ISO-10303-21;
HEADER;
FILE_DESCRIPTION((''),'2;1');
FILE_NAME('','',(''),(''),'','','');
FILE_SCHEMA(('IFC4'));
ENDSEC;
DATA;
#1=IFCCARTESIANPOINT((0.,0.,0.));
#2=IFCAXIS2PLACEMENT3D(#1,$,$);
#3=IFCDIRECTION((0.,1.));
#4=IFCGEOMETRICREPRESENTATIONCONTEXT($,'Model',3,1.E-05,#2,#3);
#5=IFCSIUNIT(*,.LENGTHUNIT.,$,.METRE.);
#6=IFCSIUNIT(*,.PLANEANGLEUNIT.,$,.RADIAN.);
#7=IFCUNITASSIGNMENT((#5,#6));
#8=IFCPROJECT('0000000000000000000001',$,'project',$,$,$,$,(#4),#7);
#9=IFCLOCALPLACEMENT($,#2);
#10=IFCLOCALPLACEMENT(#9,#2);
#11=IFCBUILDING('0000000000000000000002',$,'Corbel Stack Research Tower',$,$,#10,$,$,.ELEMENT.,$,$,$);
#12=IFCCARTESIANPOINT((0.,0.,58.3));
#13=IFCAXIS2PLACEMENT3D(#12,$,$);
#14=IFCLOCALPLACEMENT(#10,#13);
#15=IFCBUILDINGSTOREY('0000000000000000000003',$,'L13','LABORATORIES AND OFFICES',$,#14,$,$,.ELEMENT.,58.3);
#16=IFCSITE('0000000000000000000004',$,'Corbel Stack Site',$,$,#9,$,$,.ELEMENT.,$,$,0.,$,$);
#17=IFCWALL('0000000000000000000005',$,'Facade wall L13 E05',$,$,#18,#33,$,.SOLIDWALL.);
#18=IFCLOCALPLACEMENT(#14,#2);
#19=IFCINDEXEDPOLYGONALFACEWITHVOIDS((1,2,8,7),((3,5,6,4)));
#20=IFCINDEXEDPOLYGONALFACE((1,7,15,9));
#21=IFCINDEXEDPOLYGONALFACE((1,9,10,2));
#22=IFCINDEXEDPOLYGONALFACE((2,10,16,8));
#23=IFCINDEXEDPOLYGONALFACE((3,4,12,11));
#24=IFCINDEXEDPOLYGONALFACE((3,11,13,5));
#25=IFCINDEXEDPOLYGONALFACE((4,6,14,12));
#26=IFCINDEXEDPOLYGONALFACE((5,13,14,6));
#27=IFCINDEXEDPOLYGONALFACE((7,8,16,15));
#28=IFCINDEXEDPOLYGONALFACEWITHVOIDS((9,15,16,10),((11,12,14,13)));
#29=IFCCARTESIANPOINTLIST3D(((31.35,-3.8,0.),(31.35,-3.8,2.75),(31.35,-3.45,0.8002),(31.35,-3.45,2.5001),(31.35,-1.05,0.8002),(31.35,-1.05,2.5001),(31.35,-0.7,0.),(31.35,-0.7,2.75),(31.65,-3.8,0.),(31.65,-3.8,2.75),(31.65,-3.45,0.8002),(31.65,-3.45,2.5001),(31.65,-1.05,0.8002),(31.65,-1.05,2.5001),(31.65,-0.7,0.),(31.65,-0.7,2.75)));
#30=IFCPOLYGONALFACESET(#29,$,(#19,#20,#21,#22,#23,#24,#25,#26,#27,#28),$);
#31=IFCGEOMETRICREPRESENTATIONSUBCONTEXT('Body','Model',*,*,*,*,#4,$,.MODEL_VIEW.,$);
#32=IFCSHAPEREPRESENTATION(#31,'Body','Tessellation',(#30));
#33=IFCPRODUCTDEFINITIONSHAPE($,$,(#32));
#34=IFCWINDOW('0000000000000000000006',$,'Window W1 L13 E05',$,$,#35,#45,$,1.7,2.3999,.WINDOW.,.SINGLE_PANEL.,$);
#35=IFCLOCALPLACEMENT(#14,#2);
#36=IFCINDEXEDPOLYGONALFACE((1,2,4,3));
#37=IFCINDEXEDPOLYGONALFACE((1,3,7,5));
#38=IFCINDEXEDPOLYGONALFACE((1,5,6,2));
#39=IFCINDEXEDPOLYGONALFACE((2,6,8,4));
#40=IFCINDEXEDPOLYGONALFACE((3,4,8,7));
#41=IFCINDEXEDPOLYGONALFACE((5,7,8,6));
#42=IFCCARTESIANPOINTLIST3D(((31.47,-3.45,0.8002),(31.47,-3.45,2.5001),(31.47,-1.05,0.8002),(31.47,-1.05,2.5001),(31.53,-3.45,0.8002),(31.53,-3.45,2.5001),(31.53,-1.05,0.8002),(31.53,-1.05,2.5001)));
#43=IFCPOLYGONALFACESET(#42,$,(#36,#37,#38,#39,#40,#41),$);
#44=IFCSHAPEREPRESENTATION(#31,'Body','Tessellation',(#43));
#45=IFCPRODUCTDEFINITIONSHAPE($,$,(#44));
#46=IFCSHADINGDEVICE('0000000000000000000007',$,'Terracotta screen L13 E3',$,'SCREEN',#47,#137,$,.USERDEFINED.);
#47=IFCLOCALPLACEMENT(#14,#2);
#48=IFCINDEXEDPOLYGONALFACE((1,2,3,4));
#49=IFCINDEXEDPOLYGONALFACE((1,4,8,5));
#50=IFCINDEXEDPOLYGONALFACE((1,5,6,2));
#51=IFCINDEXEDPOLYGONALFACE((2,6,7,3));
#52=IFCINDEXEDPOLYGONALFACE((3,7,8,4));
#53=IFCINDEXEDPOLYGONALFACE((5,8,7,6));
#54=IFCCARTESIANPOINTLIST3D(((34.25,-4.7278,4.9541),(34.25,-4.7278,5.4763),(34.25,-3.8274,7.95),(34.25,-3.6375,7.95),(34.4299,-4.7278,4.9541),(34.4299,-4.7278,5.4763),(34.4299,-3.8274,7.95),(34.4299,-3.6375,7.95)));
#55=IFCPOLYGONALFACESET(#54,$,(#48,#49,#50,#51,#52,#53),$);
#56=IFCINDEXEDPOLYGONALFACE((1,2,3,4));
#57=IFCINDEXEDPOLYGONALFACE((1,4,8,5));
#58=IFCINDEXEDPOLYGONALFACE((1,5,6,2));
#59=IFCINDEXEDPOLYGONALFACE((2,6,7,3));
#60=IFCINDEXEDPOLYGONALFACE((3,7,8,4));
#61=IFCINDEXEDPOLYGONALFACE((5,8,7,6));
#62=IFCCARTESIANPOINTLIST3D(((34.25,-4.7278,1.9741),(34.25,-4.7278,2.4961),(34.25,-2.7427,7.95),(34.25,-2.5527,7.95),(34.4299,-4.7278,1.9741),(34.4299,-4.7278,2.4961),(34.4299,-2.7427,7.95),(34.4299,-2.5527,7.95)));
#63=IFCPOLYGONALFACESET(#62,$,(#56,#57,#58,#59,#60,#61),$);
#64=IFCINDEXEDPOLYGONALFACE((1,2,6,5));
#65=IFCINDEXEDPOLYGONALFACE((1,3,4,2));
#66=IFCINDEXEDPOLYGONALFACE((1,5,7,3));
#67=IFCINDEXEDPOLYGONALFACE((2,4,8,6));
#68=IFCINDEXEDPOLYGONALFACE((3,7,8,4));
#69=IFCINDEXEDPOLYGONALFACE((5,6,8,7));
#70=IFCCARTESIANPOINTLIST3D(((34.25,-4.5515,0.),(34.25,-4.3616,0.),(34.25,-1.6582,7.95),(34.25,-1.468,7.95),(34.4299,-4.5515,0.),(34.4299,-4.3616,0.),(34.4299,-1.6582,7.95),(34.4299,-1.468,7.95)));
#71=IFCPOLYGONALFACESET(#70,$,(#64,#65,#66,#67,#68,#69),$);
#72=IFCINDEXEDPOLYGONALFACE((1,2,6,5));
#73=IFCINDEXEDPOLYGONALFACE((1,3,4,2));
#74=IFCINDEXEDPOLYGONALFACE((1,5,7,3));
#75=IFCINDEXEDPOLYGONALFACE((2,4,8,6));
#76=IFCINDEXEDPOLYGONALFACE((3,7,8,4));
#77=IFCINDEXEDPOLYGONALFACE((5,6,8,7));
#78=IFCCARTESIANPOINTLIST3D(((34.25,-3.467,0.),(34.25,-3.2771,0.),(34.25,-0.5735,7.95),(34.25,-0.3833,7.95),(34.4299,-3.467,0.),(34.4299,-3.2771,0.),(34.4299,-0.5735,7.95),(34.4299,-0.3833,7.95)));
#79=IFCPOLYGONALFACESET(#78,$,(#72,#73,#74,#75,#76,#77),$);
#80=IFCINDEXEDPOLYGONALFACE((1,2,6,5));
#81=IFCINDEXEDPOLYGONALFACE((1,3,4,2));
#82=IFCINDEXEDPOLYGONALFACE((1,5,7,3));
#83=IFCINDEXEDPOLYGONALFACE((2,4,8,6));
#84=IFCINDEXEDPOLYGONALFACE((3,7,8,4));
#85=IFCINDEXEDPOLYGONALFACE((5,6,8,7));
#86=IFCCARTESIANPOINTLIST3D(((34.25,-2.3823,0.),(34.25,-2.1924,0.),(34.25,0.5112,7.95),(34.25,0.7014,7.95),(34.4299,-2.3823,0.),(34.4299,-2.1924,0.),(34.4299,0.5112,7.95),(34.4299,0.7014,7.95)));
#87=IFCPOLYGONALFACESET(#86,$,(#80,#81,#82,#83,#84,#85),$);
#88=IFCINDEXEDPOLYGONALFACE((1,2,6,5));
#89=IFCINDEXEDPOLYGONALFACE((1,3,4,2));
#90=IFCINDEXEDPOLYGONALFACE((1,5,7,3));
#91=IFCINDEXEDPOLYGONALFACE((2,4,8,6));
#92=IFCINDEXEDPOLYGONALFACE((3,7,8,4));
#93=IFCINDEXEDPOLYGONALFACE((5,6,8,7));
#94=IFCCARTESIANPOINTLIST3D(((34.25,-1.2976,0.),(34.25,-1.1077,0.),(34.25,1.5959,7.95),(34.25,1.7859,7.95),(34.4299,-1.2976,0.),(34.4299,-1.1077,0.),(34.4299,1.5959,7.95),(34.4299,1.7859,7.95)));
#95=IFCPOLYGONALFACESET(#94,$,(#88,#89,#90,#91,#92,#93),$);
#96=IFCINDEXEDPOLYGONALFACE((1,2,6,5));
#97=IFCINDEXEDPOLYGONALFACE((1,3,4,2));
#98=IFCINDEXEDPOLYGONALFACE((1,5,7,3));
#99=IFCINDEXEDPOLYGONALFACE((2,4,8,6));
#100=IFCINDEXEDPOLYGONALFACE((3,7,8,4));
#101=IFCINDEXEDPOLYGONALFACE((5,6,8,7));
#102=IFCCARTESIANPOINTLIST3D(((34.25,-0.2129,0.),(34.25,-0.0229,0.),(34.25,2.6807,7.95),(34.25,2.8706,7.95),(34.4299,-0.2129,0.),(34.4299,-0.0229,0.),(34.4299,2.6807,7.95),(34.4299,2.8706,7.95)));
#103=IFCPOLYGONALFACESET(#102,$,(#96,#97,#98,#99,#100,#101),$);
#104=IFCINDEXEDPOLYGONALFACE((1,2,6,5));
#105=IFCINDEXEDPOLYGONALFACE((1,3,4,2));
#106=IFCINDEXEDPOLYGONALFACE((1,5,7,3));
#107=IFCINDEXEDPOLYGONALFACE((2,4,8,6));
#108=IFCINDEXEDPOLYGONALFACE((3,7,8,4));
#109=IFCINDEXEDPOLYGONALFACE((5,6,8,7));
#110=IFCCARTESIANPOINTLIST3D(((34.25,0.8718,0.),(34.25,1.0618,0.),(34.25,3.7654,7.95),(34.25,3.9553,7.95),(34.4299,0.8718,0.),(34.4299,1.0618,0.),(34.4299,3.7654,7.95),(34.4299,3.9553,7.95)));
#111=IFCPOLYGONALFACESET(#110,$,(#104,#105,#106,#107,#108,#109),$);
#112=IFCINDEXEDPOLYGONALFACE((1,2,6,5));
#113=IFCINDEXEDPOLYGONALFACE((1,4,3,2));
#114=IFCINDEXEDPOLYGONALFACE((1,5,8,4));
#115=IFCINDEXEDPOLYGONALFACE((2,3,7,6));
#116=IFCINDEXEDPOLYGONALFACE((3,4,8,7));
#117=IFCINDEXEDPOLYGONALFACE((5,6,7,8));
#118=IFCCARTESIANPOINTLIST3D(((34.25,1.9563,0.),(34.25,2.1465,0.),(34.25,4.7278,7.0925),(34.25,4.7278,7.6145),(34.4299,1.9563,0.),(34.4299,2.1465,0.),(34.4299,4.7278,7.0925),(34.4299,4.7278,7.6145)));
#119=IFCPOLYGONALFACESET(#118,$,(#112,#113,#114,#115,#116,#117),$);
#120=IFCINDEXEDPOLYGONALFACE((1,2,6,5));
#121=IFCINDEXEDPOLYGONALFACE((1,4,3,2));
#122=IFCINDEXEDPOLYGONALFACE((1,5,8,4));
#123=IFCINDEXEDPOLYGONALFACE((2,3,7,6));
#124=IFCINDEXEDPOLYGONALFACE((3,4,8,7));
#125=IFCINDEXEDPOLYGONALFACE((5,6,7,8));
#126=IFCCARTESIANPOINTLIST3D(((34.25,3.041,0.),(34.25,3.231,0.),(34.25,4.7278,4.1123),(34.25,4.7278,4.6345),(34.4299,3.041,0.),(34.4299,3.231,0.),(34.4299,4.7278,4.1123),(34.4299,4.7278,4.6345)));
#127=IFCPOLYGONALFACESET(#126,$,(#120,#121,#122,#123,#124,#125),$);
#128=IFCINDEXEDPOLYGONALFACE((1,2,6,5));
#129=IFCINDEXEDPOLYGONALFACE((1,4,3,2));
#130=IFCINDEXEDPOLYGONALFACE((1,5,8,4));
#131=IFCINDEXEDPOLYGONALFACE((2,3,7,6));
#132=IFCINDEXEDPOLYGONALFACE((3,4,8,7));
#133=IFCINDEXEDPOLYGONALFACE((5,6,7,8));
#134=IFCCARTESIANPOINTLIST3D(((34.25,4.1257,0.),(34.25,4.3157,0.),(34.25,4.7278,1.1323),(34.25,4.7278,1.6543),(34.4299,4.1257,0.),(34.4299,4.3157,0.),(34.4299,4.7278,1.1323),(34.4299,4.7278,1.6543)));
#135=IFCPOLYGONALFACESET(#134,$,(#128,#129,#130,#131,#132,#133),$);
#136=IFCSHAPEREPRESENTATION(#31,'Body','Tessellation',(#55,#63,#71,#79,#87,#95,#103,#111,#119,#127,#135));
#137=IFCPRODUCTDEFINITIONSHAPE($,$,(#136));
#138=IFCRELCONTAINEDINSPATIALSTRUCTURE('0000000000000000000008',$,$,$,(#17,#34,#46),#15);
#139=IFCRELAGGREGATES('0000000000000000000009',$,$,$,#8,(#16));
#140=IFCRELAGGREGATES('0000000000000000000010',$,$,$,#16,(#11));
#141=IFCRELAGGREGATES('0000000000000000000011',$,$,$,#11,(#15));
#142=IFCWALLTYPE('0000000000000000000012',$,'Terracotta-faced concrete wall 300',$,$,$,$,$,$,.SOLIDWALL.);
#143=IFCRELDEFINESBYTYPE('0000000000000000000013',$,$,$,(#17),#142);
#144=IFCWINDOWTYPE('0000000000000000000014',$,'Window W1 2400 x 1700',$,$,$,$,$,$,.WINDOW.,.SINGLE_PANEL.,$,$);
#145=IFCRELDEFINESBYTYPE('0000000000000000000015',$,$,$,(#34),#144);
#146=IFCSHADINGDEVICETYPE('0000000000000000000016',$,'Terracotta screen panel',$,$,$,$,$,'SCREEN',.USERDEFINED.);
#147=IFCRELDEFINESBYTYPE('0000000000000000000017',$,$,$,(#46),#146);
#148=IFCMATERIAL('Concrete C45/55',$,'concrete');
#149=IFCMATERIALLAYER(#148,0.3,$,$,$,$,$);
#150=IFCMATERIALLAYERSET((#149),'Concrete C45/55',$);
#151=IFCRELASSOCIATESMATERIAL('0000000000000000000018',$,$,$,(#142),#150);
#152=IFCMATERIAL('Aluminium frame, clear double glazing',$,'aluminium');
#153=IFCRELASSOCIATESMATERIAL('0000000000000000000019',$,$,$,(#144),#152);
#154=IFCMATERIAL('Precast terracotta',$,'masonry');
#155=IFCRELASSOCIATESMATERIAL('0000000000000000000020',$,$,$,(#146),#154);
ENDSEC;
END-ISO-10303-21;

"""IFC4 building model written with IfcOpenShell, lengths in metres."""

from ifc_helpers import new_model, si_unit, direction, frame, frame_2d, origin, place, context, subcontext, project, spatial, polyline, rectangle, outline, extrude, source, transform, mapped, material, layer, layer_set, type_object, element, fill, save


model = new_model("IFC4")

# Units and contexts
model_context = context("Model", 3, precision=1e-05, world=origin(), true_north=direction((0.0, 1.0)))
body_context = subcontext(model_context, "Body", "Model", "MODEL_VIEW")
ifc_project = project(units=[si_unit("LENGTHUNIT", "METRE"), si_unit("PLANEANGLEUNIT", "RADIAN")], contexts=[model_context])

# Site, building, storey
site_placement = place(None, origin())
site = spatial("IfcSite", under=ifc_project, at=site_placement, Name="Corbel Stack Site", CompositionType="ELEMENT", RefElevation=0.0)
building_placement = place(site_placement, origin())
building = spatial("IfcBuilding", under=site, at=building_placement, Name="Corbel Stack Research Tower", CompositionType="ELEMENT")
storey_placement = place(building_placement, frame((0.0, 0.0, 58.3)))
storey = spatial("IfcBuildingStorey", under=building, at=storey_placement, Name="L13", Description="LABORATORIES AND OFFICES", CompositionType="ELEMENT", Elevation=58.3)

# Wall, opening, window
ifc_material_1 = material(Name="Concrete C45/55", Category="concrete")
ifc_layer_1 = layer(ifc_material_1, 0.3)
ifc_layer_set_1 = layer_set([ifc_layer_1], Name="Concrete C45/55")
wall_type_1 = type_object("IfcWallType", Name="Terracotta-faced concrete wall 300", PredefinedType="SOLIDWALL", material=ifc_layer_set_1)
ifc_material_2 = material(Name="Aluminium frame, clear double glazing", Category="aluminium")
window_type = type_object("IfcWindowType", Name="Window W1 2400 x 1700", PartitioningType="SINGLE_PANEL", PredefinedType="WINDOW", material=ifc_material_2)
wall_1_placement = place(storey_placement, frame((31.5, -0.7, 0.0), z_axis=(0.0, 0.0, 1.0), x_axis=(0.0, -1.0, 0.0)))
wall_1 = element("IfcWall", 1, at=wall_1_placement, inside=storey, type_object=wall_type_1, Name="Facade wall L13 E05", PredefinedType="SOLIDWALL", context=body_context, shape_type="SweptSolid", body=[
    extrude(rectangle(XDim=3.1001, YDim=0.3, at=frame_2d((1.55, 0.0))), origin(), (0.0, 0.0, 1.0), 2.75),
])
opening_1_placement = place(wall_1_placement, frame((0.3501, 0.0, 0.8)))
opening_1 = element("IfcOpeningElement", 2, at=opening_1_placement, cuts=wall_1, PredefinedType="OPENING", context=body_context, shape_type="SweptSolid", body=[
    extrude(rectangle(XDim=2.3999, YDim=1.7, at=frame_2d((1.2, 0.8501))), frame((0.0, 0.1599, 0.0), z_axis=(0.0, -1.0, 0.0), x_axis=(1.0, 0.0, 0.0)), (0.0, 0.0, 1.0), 0.3201),
])
window_1_placement = place(opening_1_placement, origin())
window_1 = element("IfcWindow", 3, at=window_1_placement, inside=storey, type_object=window_type, Name="Window W1 L13 E05", OverallHeight=1.7, OverallWidth=2.3999, PartitioningType="SINGLE_PANEL", PredefinedType="WINDOW", context=body_context, shape_type="SweptSolid", body=[
    extrude(rectangle(XDim=2.3999, YDim=1.7, at=frame_2d((1.2, 0.8501))), frame((0.0, 0.03, 0.0), z_axis=(0.0, -1.0, 0.0), x_axis=(1.0, 0.0, 0.0)), (0.0, 0.0, 1.0), 0.0601),
])
fill(opening_1, window_1)

# Shading device
ifc_material_3 = material(Name="Precast terracotta", Category="masonry")
shading_device_type = type_object("IfcShadingDeviceType", Name="Terracotta screen panel", ElementType="SCREEN", PredefinedType="USERDEFINED", material=ifc_material_3)
shared_shape = source(origin(), body_context, "Body", "SweptSolid", [
    extrude(outline(polyline([(1.0903, 7.95), (0.9004, 7.95), (0.0, 5.4763), (0.0, 4.9541), (1.0903, 7.95)])), frame((0.0, 0.0, 0.0), z_axis=(0.0, -1.0, 0.0), x_axis=(1.0, 0.0, 0.0)), (0.0, 0.0, 1.0), 0.1799),
    extrude(outline(polyline([(2.175, 7.95), (1.9851, 7.95), (0.0, 2.4961), (0.0, 1.9741), (2.175, 7.95)])), frame((0.0, 0.0, 0.0), z_axis=(0.0, -1.0, 0.0), x_axis=(1.0, 0.0, 0.0)), (0.0, 0.0, 1.0), 0.1799),
    extrude(outline(polyline([(0.3662, 0.0), (3.2598, 7.95), (3.0696, 7.95), (0.1763, 0.0), (0.3662, 0.0)])), frame((0.0, 0.0, 0.0), z_axis=(0.0, -1.0, 0.0), x_axis=(1.0, 0.0, 0.0)), (0.0, 0.0, 1.0), 0.1799),
    extrude(outline(polyline([(1.4507, 0.0), (4.3445, 7.95), (4.1543, 7.95), (1.2607, 0.0), (1.4507, 0.0)])), frame((0.0, 0.0, 0.0), z_axis=(0.0, -1.0, 0.0), x_axis=(1.0, 0.0, 0.0)), (0.0, 0.0, 1.0), 0.1799),
    extrude(outline(polyline([(2.5354, 0.0), (5.4292, 7.95), (5.239, 7.95), (2.3455, 0.0), (2.5354, 0.0)])), frame((0.0, 0.0, 0.0), z_axis=(0.0, -1.0, 0.0), x_axis=(1.0, 0.0, 0.0)), (0.0, 0.0, 1.0), 0.1799),
    extrude(outline(polyline([(3.6201, 0.0), (6.5137, 7.95), (6.3237, 7.95), (3.4302, 0.0), (3.6201, 0.0)])), frame((0.0, 0.0, 0.0), z_axis=(0.0, -1.0, 0.0), x_axis=(1.0, 0.0, 0.0)), (0.0, 0.0, 1.0), 0.1799),
    extrude(outline(polyline([(4.7048, 0.0), (7.5984, 7.95), (7.4084, 7.95), (4.5149, 0.0), (4.7048, 0.0)])), frame((0.0, 0.0, 0.0), z_axis=(0.0, -1.0, 0.0), x_axis=(1.0, 0.0, 0.0)), (0.0, 0.0, 1.0), 0.1799),
    extrude(outline(polyline([(5.7896, 0.0), (8.6831, 7.95), (8.4932, 7.95), (5.5996, 0.0), (5.7896, 0.0)])), frame((0.0, 0.0, 0.0), z_axis=(0.0, -1.0, 0.0), x_axis=(1.0, 0.0, 0.0)), (0.0, 0.0, 1.0), 0.1799),
    extrude(outline(polyline([(6.8743, 0.0), (9.4556, 7.0925), (9.4556, 7.6145), (6.6841, 0.0), (6.8743, 0.0)])), frame((0.0, 0.0, 0.0), z_axis=(0.0, -1.0, 0.0), x_axis=(1.0, 0.0, 0.0)), (0.0, 0.0, 1.0), 0.1799),
    extrude(outline(polyline([(7.9587, 0.0), (9.4556, 4.1123), (9.4556, 4.6345), (7.7688, 0.0), (7.9587, 0.0)])), frame((0.0, 0.0, 0.0), z_axis=(0.0, -1.0, 0.0), x_axis=(1.0, 0.0, 0.0)), (0.0, 0.0, 1.0), 0.1799),
    extrude(outline(polyline([(9.0435, 0.0), (9.4556, 1.1323), (9.4556, 1.6543), (8.8535, 0.0), (9.0435, 0.0)])), frame((0.0, 0.0, 0.0), z_axis=(0.0, -1.0, 0.0), x_axis=(1.0, 0.0, 0.0)), (0.0, 0.0, 1.0), 0.1799),
])
shading_device_placement = place(storey_placement, frame((34.25, -4.7278, 0.0), z_axis=(0.0, 0.0, 1.0), x_axis=(0.0, 1.0, 0.0)))
element("IfcShadingDevice", 4, at=shading_device_placement, inside=storey, type_object=shading_device_type, Name="Terracotta screen L13 E3", ObjectType="SCREEN", PredefinedType="USERDEFINED", context=body_context, shape_type="MappedRepresentation", body=[
    mapped(shared_shape, transform((0.0, 0.0, 0.0))),
])

save(model, "model.ifc")
